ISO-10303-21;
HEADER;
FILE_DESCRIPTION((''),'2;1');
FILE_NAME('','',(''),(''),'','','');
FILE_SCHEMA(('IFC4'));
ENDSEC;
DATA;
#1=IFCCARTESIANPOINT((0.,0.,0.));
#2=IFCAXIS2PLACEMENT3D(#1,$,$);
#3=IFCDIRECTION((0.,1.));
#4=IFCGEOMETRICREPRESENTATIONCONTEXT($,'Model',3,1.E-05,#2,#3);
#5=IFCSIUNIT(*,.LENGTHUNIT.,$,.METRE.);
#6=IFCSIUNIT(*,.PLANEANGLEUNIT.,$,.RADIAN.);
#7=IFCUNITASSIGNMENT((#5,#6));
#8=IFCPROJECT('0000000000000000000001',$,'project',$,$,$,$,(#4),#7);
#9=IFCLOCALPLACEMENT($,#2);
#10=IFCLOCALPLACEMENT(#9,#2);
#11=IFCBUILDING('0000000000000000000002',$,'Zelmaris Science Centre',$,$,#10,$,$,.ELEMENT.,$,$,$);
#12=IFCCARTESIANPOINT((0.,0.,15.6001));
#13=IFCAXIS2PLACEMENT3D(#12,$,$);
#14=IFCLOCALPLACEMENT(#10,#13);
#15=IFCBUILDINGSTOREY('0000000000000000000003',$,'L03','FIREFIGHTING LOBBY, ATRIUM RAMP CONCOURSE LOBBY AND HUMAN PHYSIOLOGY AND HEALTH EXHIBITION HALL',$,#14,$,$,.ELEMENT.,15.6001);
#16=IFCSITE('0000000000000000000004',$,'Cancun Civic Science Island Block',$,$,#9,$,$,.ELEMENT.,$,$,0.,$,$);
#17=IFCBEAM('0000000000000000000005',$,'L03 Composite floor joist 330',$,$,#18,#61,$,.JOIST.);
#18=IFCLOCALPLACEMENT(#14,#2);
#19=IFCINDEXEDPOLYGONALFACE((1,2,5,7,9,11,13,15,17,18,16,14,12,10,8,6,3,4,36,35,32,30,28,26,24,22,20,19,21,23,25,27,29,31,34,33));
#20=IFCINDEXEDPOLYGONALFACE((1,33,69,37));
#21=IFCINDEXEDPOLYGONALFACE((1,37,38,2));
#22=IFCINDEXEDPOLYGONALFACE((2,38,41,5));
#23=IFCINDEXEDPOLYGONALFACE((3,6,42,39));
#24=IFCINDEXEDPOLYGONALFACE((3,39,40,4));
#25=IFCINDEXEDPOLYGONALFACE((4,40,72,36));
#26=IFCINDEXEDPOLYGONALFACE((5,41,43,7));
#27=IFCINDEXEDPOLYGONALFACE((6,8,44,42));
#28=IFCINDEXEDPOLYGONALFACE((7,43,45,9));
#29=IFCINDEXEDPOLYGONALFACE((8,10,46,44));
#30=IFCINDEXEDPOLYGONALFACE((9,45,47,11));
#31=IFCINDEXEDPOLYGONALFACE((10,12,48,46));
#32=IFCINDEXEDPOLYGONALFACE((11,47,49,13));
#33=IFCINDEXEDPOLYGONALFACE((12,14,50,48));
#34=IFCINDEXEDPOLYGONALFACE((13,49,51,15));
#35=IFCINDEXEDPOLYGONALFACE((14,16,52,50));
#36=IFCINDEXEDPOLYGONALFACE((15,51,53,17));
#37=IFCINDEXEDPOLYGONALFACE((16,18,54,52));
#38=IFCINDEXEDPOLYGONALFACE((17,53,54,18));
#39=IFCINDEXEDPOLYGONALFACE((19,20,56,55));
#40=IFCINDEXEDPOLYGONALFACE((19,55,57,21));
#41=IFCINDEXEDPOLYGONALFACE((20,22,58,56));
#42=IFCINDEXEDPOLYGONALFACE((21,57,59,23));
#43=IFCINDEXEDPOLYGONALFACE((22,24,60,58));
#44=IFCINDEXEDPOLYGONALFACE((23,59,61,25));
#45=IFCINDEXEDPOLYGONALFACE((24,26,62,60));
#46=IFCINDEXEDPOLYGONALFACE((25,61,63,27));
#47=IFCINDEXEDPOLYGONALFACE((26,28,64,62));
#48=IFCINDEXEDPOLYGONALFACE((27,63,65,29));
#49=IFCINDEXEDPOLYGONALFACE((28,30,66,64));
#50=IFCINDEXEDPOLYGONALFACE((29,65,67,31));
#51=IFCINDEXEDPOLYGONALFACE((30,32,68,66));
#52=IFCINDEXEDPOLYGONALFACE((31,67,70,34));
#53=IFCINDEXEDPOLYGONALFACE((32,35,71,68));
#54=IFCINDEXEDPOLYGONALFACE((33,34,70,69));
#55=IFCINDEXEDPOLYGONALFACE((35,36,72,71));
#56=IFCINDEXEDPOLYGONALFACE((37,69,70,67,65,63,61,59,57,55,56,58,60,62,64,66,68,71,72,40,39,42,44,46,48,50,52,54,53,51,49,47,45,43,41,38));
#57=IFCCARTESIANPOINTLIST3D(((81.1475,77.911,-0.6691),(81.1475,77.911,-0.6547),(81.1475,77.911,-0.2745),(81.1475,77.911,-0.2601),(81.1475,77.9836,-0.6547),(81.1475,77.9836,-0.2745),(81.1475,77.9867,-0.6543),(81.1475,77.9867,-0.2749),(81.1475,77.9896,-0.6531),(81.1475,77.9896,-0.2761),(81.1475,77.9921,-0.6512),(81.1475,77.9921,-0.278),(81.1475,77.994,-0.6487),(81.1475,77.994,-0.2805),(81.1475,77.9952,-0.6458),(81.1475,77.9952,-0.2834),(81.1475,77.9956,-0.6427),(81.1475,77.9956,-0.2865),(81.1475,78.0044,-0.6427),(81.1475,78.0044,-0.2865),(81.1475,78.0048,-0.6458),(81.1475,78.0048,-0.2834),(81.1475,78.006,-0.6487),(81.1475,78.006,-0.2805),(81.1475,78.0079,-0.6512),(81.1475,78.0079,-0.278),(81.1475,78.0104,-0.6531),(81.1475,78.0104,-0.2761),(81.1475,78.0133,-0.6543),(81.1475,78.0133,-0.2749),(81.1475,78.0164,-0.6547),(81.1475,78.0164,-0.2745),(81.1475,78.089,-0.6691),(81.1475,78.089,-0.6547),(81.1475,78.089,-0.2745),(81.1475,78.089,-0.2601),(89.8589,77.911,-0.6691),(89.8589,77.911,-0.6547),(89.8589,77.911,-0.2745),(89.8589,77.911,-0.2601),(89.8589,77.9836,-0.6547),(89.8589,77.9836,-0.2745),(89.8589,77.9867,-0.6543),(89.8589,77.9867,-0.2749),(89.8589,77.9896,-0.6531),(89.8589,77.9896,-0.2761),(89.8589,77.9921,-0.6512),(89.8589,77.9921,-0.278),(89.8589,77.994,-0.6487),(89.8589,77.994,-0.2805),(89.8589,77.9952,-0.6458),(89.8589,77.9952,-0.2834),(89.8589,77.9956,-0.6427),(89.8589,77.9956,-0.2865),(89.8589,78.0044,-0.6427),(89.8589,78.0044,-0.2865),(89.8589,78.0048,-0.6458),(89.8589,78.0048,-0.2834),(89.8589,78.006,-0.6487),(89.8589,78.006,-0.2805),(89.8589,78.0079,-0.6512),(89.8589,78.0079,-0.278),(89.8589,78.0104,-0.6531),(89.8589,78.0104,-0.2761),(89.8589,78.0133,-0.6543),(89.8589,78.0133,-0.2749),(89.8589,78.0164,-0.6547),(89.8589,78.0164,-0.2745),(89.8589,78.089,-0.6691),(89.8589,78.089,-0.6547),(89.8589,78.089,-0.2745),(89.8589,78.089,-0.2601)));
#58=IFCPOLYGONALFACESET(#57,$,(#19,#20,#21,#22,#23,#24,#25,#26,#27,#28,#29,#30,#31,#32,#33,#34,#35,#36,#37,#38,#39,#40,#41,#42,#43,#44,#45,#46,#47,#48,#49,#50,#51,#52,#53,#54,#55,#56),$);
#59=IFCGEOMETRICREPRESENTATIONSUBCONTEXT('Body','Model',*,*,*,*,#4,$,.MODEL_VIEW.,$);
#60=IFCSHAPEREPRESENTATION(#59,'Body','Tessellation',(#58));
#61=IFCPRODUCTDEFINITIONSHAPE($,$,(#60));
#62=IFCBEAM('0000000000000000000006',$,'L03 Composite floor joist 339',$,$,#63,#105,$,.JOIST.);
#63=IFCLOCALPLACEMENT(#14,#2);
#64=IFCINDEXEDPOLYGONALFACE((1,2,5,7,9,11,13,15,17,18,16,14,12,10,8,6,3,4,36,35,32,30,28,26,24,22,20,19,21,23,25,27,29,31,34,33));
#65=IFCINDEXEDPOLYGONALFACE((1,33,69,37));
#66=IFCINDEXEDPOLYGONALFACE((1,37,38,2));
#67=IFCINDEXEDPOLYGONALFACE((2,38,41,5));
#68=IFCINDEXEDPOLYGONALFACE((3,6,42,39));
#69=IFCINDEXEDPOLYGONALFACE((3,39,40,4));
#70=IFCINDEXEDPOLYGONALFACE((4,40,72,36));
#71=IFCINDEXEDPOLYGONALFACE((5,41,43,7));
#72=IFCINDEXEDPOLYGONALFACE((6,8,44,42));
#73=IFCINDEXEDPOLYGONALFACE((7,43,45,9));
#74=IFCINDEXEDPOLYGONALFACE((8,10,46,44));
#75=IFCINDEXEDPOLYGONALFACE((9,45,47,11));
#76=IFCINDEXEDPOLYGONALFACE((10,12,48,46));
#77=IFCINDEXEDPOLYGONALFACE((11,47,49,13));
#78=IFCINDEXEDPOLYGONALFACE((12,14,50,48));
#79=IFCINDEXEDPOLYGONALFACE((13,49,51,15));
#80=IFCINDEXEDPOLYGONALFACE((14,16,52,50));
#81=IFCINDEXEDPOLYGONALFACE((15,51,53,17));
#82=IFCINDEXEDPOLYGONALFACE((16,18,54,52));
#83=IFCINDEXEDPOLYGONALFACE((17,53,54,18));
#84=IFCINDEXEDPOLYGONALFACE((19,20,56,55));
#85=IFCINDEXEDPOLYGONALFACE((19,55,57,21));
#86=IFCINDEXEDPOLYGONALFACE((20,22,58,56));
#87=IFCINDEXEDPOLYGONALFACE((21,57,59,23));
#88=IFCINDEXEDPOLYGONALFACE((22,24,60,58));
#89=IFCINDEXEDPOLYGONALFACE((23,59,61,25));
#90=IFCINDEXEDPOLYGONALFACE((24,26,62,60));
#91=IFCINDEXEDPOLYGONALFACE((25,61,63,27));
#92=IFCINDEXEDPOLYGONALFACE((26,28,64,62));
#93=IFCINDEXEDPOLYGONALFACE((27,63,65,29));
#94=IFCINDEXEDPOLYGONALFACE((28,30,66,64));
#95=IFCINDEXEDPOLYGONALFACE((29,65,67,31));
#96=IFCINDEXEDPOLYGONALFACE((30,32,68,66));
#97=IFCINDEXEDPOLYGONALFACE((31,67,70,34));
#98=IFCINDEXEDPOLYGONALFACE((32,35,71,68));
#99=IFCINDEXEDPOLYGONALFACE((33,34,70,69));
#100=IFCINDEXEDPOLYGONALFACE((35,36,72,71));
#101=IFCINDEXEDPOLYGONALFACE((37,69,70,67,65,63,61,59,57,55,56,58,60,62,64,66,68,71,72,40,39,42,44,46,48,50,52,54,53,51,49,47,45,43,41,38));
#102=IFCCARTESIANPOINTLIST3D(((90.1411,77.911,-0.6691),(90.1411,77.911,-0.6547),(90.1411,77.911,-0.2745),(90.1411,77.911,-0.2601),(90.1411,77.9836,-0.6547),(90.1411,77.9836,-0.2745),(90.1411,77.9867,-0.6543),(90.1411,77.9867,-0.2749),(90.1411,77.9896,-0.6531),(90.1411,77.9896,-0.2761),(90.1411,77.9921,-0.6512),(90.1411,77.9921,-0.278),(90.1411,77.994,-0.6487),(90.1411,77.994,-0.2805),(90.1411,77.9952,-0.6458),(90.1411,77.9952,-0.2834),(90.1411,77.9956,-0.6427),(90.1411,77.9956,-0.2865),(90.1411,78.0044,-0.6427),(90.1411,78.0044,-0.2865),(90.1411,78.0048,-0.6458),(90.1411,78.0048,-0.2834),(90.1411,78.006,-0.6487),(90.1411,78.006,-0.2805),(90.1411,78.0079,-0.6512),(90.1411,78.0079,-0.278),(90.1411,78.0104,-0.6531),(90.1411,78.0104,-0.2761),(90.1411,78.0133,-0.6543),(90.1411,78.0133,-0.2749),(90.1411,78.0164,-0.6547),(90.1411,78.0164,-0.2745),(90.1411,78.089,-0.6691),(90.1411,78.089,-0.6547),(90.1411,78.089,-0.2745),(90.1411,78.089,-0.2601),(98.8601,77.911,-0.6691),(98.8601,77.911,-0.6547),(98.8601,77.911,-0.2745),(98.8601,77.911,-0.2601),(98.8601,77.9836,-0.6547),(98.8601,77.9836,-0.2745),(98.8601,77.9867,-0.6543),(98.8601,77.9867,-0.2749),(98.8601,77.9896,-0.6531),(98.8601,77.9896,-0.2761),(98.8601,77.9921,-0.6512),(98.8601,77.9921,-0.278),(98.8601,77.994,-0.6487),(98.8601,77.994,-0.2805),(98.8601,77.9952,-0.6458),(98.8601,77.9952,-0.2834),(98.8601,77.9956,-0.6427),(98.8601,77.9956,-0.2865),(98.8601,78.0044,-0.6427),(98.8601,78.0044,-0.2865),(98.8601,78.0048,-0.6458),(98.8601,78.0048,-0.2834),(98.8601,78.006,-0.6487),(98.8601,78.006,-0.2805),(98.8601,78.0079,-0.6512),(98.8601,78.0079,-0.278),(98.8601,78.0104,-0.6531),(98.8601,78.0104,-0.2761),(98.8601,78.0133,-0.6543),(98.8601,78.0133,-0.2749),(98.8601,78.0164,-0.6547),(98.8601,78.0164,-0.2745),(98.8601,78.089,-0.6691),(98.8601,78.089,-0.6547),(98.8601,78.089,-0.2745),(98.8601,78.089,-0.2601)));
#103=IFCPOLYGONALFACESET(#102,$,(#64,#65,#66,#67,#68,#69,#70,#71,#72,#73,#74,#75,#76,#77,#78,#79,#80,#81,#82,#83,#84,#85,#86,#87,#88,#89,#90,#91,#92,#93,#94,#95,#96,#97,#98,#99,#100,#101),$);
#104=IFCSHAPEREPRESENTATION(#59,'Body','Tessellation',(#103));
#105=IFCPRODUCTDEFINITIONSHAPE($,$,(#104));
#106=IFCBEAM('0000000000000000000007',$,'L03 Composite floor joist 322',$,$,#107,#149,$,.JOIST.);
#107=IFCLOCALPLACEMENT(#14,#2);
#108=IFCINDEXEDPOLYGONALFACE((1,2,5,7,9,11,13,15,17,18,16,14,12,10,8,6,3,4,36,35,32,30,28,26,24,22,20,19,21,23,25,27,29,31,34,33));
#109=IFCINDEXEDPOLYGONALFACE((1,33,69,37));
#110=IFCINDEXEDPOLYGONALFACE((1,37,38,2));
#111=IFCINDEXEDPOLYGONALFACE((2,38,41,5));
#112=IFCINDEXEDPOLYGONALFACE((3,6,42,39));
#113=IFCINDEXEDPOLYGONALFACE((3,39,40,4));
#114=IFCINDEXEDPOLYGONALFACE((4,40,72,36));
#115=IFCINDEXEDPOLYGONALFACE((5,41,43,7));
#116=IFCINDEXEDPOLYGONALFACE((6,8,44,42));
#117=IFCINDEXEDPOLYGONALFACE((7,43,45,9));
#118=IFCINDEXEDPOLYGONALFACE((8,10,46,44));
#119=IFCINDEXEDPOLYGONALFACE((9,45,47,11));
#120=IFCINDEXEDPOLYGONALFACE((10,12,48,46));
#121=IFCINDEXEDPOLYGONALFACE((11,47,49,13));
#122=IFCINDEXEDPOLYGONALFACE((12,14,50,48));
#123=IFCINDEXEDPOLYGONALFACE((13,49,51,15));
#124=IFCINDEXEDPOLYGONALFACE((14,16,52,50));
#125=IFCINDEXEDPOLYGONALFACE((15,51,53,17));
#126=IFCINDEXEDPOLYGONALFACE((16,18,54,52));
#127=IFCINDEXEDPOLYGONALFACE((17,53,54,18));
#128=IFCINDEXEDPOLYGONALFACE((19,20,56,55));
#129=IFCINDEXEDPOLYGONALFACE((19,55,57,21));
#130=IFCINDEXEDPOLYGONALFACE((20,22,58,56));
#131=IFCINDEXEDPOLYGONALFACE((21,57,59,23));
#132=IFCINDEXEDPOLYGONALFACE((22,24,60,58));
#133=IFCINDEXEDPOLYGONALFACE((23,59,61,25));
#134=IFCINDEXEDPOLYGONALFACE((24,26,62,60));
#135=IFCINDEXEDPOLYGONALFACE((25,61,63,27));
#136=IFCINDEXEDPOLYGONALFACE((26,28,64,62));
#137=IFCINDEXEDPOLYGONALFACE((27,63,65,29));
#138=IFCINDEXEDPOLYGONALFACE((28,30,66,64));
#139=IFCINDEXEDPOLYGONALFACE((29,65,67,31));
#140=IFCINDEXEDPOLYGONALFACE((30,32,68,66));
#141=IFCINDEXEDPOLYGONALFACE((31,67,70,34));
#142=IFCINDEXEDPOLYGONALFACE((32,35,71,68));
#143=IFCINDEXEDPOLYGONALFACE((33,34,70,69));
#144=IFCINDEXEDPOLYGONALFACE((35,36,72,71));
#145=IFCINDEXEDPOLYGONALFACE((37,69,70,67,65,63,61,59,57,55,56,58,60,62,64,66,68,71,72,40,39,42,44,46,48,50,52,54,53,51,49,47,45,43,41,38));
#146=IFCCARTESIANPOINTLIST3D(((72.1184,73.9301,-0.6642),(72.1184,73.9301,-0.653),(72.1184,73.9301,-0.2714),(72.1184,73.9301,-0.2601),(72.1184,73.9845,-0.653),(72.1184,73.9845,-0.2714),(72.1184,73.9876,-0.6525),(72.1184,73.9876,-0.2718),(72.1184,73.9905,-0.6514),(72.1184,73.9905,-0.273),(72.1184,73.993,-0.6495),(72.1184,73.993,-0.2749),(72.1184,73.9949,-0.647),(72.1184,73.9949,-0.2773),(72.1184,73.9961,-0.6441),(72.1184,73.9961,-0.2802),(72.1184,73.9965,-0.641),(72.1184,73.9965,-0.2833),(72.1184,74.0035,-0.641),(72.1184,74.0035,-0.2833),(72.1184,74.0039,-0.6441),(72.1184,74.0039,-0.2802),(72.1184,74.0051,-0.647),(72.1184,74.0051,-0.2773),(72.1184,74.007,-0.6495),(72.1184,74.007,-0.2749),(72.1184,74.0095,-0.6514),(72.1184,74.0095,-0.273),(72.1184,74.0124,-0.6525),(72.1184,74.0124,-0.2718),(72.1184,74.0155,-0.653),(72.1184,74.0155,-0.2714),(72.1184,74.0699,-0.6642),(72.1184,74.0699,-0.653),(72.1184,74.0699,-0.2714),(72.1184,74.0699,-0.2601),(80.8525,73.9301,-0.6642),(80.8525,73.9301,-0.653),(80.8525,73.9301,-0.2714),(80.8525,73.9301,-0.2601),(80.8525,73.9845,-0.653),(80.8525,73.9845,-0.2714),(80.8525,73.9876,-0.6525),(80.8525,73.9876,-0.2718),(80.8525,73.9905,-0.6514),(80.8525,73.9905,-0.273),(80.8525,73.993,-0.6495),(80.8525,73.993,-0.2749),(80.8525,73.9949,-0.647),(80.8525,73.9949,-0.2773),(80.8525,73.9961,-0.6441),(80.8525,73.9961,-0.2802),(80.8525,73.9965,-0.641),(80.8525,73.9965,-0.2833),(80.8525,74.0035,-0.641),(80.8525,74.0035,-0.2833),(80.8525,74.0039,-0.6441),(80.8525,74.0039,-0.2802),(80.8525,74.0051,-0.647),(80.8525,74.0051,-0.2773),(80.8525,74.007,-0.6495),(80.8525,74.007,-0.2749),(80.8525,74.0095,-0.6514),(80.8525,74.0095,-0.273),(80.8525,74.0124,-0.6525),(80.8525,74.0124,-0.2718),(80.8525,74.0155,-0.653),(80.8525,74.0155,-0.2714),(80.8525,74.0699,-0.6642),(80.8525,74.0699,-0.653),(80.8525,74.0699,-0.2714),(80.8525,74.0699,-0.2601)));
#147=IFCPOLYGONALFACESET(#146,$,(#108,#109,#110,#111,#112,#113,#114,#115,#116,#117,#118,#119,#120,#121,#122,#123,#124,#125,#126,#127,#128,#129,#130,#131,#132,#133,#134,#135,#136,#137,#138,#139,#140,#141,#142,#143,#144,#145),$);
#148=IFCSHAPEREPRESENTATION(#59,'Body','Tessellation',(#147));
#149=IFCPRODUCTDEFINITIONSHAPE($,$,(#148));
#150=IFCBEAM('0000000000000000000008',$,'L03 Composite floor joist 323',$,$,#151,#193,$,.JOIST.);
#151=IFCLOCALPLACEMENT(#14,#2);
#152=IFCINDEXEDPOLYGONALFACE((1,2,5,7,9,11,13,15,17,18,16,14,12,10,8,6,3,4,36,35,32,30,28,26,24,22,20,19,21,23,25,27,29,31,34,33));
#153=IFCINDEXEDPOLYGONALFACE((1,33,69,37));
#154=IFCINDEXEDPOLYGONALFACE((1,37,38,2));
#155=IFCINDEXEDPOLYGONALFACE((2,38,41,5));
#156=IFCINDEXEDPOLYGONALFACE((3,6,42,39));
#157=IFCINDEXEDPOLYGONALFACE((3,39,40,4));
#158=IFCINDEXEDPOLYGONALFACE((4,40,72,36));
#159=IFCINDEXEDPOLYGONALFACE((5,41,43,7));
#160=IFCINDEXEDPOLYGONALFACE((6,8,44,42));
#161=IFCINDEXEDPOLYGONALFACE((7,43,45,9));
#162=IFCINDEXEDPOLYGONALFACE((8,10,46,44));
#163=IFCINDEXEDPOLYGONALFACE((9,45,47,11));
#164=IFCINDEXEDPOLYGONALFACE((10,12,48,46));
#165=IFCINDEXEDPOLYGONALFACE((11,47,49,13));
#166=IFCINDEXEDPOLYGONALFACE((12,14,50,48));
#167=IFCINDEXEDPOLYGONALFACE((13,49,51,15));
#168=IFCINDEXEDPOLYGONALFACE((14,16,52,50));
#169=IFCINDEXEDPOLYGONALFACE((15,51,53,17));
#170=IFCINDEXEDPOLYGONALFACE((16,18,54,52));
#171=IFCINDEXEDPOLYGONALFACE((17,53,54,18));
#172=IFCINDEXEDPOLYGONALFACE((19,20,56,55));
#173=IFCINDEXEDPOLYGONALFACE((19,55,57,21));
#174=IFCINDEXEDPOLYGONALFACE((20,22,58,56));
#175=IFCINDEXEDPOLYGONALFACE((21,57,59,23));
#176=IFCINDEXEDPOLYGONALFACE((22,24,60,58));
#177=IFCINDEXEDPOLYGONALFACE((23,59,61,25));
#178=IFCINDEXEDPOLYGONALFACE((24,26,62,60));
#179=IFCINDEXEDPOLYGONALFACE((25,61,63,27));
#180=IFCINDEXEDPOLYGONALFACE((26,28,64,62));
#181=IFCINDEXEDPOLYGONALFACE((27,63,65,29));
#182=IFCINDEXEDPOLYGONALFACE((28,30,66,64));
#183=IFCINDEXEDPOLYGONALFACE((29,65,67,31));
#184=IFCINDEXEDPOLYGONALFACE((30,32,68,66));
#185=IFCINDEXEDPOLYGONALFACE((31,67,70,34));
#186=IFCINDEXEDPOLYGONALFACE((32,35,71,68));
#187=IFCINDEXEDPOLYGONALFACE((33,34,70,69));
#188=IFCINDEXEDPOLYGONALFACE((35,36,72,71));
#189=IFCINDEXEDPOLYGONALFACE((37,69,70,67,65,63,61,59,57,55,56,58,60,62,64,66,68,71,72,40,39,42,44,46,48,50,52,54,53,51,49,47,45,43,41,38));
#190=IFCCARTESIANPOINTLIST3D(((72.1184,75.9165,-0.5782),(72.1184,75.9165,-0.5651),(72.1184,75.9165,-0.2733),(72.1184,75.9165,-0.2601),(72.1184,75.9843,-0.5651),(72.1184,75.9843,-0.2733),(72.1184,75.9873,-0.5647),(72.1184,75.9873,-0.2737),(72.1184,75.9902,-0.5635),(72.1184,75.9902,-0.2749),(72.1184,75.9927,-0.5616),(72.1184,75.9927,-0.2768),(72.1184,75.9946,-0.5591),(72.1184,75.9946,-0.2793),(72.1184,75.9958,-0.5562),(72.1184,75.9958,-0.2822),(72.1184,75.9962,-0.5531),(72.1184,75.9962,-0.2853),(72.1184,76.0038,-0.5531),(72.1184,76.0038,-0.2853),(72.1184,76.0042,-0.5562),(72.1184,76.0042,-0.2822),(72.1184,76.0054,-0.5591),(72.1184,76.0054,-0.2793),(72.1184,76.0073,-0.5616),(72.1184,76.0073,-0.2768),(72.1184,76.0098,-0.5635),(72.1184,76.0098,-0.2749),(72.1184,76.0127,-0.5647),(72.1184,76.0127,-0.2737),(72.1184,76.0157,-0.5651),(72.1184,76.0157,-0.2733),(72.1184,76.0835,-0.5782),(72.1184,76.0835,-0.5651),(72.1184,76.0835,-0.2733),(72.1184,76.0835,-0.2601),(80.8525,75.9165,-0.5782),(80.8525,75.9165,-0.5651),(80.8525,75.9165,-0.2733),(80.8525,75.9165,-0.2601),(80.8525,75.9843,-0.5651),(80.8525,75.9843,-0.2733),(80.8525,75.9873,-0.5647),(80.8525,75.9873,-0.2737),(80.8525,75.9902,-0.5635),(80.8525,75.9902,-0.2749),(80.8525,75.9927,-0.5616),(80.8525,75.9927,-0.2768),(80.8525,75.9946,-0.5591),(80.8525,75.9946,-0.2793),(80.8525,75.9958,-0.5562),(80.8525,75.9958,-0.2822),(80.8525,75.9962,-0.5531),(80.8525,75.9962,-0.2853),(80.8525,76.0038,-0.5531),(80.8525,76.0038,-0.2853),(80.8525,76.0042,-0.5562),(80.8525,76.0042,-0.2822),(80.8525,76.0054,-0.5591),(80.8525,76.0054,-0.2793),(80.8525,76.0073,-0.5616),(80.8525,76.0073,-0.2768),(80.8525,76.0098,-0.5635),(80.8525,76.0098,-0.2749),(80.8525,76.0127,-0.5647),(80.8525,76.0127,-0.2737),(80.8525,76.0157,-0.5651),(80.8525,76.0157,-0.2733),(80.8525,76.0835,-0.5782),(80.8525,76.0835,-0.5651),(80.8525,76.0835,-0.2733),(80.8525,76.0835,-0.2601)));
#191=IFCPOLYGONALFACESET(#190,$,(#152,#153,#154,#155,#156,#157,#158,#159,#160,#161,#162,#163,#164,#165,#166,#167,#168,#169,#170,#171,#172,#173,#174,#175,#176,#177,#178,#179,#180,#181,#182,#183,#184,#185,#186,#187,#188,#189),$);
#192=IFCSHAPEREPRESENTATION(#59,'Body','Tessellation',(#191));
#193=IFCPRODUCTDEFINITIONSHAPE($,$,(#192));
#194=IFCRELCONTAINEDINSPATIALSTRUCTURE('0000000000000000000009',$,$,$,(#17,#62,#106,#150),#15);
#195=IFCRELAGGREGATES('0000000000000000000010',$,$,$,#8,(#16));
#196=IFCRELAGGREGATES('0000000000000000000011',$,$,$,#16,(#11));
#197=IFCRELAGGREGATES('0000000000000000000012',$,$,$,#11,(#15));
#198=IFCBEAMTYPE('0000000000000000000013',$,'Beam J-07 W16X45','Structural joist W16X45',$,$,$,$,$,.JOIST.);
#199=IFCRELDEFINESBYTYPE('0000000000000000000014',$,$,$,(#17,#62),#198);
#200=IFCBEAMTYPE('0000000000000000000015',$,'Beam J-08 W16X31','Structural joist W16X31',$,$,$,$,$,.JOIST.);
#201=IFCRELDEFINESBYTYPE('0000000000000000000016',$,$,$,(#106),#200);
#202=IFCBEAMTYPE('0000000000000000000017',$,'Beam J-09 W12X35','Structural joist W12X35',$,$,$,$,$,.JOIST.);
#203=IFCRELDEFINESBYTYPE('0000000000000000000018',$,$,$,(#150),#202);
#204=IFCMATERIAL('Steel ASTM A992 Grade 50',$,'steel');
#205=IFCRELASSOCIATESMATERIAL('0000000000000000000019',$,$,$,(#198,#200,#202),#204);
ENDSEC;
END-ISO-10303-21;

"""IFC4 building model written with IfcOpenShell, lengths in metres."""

from ifc_helpers import new_model, si_unit, direction, frame, origin, origin_2d, place, context, subcontext, project, spatial, i_section, extrude, material, material_profile, profile_set, type_object, element, save


model = new_model("IFC4")

# Units and contexts
model_context = context("Model", 3, precision=1e-05, world=origin(), true_north=direction((0.0, 1.0)))
body_context = subcontext(model_context, "Body", "Model", "MODEL_VIEW")
ifc_project = project(units=[si_unit("LENGTHUNIT", "METRE"), si_unit("PLANEANGLEUNIT", "RADIAN")], contexts=[model_context])

# Site, building, storey
site_placement = place(None, origin())
site = spatial("IfcSite", under=ifc_project, at=site_placement, Name="Cancun Civic Science Island Block", CompositionType="ELEMENT", RefElevation=0.0)
building_placement = place(site_placement, origin())
building = spatial("IfcBuilding", under=site, at=building_placement, Name="Zelmaris Science Centre", CompositionType="ELEMENT")
storey_placement = place(building_placement, frame((0.0, 0.0, 15.6001)))
storey = spatial("IfcBuildingStorey", under=building, at=storey_placement, Name="L03", Description="FIREFIGHTING LOBBY, ATRIUM RAMP CONCOURSE LOBBY AND HUMAN PHYSIOLOGY AND HEALTH EXHIBITION HALL", CompositionType="ELEMENT", Elevation=15.6001)

# Shared definitions
ifc_material_1 = material(Name="Steel ASTM A992 Grade 50", Category="steel")

# Beams
ifc_material_profile_1 = material_profile(ifc_material_1, i_section(OverallWidth=0.178, OverallDepth=0.4089, WebThickness=0.0088, FlangeThickness=0.0144, FilletRadius=0.012, at=origin_2d()), Name="W16X45")
ifc_profile_set_1 = profile_set([ifc_material_profile_1], Name="Steel ASTM A992 Grade 50")
beam_type_1 = type_object("IfcBeamType", Name="Beam J-07 W16X45", Description="Structural joist W16X45", PredefinedType="JOIST", material=ifc_profile_set_1)
beam_1_placement = place(storey_placement, frame((81.1475, 78.0, -0.4646), z_axis=(1.0, 0.0, 0.0), x_axis=(0.0, 1.0, 0.0)))
element("IfcBeam", 1, at=beam_1_placement, inside=storey, type_object=beam_type_1, Name="L03 Composite floor joist 330", PredefinedType="JOIST", context=body_context, shape_type="SweptSolid", body=[
    extrude(i_section(OverallWidth=0.178, OverallDepth=0.4089, WebThickness=0.0088, FlangeThickness=0.0144, FilletRadius=0.012, at=origin_2d()), origin(), (0.0, 0.0, 1.0), 8.7114),
])
beam_2_placement = place(storey_placement, frame((90.1411, 78.0, -0.4646), z_axis=(1.0, 0.0, 0.0), x_axis=(0.0, 1.0, 0.0)))
element("IfcBeam", 2, at=beam_2_placement, inside=storey, type_object=beam_type_1, Name="L03 Composite floor joist 339", PredefinedType="JOIST", context=body_context, shape_type="SweptSolid", body=[
    extrude(i_section(OverallWidth=0.178, OverallDepth=0.4089, WebThickness=0.0088, FlangeThickness=0.0144, FilletRadius=0.012, at=origin_2d()), origin(), (0.0, 0.0, 1.0), 8.719),
])
ifc_material_profile_2 = material_profile(ifc_material_1, i_section(OverallWidth=0.1399, OverallDepth=0.4041, WebThickness=0.0071, FlangeThickness=0.0112, FilletRadius=0.012, at=origin_2d()), Name="W16X31")
ifc_profile_set_2 = profile_set([ifc_material_profile_2], Name="Steel ASTM A992 Grade 50")
beam_type_2 = type_object("IfcBeamType", Name="Beam J-08 W16X31", Description="Structural joist W16X31", PredefinedType="JOIST", material=ifc_profile_set_2)
beam_3_placement = place(storey_placement, frame((72.1184, 74.0, -0.4622), z_axis=(1.0, 0.0, 0.0), x_axis=(0.0, 1.0, 0.0)))
element("IfcBeam", 3, at=beam_3_placement, inside=storey, type_object=beam_type_2, Name="L03 Composite floor joist 322", PredefinedType="JOIST", context=body_context, shape_type="SweptSolid", body=[
    extrude(i_section(OverallWidth=0.1399, OverallDepth=0.4041, WebThickness=0.0071, FlangeThickness=0.0112, FilletRadius=0.012, at=origin_2d()), origin(), (0.0, 0.0, 1.0), 8.7341),
])
ifc_material_profile_3 = material_profile(ifc_material_1, i_section(OverallWidth=0.167, OverallDepth=0.3181, WebThickness=0.0076, FlangeThickness=0.0132, FilletRadius=0.012, at=origin_2d()), Name="W12X35")
ifc_profile_set_3 = profile_set([ifc_material_profile_3], Name="Steel ASTM A992 Grade 50")
beam_type_3 = type_object("IfcBeamType", Name="Beam J-09 W12X35", Description="Structural joist W12X35", PredefinedType="JOIST", material=ifc_profile_set_3)
beam_4_placement = place(storey_placement, frame((72.1184, 76.0, -0.4192), z_axis=(1.0, 0.0, 0.0), x_axis=(0.0, 1.0, 0.0)))
element("IfcBeam", 4, at=beam_4_placement, inside=storey, type_object=beam_type_3, Name="L03 Composite floor joist 323", PredefinedType="JOIST", context=body_context, shape_type="SweptSolid", body=[
    extrude(i_section(OverallWidth=0.167, OverallDepth=0.3181, WebThickness=0.0076, FlangeThickness=0.0132, FilletRadius=0.012, at=origin_2d()), origin(), (0.0, 0.0, 1.0), 8.7341),
])

save(model, "model.ifc")
